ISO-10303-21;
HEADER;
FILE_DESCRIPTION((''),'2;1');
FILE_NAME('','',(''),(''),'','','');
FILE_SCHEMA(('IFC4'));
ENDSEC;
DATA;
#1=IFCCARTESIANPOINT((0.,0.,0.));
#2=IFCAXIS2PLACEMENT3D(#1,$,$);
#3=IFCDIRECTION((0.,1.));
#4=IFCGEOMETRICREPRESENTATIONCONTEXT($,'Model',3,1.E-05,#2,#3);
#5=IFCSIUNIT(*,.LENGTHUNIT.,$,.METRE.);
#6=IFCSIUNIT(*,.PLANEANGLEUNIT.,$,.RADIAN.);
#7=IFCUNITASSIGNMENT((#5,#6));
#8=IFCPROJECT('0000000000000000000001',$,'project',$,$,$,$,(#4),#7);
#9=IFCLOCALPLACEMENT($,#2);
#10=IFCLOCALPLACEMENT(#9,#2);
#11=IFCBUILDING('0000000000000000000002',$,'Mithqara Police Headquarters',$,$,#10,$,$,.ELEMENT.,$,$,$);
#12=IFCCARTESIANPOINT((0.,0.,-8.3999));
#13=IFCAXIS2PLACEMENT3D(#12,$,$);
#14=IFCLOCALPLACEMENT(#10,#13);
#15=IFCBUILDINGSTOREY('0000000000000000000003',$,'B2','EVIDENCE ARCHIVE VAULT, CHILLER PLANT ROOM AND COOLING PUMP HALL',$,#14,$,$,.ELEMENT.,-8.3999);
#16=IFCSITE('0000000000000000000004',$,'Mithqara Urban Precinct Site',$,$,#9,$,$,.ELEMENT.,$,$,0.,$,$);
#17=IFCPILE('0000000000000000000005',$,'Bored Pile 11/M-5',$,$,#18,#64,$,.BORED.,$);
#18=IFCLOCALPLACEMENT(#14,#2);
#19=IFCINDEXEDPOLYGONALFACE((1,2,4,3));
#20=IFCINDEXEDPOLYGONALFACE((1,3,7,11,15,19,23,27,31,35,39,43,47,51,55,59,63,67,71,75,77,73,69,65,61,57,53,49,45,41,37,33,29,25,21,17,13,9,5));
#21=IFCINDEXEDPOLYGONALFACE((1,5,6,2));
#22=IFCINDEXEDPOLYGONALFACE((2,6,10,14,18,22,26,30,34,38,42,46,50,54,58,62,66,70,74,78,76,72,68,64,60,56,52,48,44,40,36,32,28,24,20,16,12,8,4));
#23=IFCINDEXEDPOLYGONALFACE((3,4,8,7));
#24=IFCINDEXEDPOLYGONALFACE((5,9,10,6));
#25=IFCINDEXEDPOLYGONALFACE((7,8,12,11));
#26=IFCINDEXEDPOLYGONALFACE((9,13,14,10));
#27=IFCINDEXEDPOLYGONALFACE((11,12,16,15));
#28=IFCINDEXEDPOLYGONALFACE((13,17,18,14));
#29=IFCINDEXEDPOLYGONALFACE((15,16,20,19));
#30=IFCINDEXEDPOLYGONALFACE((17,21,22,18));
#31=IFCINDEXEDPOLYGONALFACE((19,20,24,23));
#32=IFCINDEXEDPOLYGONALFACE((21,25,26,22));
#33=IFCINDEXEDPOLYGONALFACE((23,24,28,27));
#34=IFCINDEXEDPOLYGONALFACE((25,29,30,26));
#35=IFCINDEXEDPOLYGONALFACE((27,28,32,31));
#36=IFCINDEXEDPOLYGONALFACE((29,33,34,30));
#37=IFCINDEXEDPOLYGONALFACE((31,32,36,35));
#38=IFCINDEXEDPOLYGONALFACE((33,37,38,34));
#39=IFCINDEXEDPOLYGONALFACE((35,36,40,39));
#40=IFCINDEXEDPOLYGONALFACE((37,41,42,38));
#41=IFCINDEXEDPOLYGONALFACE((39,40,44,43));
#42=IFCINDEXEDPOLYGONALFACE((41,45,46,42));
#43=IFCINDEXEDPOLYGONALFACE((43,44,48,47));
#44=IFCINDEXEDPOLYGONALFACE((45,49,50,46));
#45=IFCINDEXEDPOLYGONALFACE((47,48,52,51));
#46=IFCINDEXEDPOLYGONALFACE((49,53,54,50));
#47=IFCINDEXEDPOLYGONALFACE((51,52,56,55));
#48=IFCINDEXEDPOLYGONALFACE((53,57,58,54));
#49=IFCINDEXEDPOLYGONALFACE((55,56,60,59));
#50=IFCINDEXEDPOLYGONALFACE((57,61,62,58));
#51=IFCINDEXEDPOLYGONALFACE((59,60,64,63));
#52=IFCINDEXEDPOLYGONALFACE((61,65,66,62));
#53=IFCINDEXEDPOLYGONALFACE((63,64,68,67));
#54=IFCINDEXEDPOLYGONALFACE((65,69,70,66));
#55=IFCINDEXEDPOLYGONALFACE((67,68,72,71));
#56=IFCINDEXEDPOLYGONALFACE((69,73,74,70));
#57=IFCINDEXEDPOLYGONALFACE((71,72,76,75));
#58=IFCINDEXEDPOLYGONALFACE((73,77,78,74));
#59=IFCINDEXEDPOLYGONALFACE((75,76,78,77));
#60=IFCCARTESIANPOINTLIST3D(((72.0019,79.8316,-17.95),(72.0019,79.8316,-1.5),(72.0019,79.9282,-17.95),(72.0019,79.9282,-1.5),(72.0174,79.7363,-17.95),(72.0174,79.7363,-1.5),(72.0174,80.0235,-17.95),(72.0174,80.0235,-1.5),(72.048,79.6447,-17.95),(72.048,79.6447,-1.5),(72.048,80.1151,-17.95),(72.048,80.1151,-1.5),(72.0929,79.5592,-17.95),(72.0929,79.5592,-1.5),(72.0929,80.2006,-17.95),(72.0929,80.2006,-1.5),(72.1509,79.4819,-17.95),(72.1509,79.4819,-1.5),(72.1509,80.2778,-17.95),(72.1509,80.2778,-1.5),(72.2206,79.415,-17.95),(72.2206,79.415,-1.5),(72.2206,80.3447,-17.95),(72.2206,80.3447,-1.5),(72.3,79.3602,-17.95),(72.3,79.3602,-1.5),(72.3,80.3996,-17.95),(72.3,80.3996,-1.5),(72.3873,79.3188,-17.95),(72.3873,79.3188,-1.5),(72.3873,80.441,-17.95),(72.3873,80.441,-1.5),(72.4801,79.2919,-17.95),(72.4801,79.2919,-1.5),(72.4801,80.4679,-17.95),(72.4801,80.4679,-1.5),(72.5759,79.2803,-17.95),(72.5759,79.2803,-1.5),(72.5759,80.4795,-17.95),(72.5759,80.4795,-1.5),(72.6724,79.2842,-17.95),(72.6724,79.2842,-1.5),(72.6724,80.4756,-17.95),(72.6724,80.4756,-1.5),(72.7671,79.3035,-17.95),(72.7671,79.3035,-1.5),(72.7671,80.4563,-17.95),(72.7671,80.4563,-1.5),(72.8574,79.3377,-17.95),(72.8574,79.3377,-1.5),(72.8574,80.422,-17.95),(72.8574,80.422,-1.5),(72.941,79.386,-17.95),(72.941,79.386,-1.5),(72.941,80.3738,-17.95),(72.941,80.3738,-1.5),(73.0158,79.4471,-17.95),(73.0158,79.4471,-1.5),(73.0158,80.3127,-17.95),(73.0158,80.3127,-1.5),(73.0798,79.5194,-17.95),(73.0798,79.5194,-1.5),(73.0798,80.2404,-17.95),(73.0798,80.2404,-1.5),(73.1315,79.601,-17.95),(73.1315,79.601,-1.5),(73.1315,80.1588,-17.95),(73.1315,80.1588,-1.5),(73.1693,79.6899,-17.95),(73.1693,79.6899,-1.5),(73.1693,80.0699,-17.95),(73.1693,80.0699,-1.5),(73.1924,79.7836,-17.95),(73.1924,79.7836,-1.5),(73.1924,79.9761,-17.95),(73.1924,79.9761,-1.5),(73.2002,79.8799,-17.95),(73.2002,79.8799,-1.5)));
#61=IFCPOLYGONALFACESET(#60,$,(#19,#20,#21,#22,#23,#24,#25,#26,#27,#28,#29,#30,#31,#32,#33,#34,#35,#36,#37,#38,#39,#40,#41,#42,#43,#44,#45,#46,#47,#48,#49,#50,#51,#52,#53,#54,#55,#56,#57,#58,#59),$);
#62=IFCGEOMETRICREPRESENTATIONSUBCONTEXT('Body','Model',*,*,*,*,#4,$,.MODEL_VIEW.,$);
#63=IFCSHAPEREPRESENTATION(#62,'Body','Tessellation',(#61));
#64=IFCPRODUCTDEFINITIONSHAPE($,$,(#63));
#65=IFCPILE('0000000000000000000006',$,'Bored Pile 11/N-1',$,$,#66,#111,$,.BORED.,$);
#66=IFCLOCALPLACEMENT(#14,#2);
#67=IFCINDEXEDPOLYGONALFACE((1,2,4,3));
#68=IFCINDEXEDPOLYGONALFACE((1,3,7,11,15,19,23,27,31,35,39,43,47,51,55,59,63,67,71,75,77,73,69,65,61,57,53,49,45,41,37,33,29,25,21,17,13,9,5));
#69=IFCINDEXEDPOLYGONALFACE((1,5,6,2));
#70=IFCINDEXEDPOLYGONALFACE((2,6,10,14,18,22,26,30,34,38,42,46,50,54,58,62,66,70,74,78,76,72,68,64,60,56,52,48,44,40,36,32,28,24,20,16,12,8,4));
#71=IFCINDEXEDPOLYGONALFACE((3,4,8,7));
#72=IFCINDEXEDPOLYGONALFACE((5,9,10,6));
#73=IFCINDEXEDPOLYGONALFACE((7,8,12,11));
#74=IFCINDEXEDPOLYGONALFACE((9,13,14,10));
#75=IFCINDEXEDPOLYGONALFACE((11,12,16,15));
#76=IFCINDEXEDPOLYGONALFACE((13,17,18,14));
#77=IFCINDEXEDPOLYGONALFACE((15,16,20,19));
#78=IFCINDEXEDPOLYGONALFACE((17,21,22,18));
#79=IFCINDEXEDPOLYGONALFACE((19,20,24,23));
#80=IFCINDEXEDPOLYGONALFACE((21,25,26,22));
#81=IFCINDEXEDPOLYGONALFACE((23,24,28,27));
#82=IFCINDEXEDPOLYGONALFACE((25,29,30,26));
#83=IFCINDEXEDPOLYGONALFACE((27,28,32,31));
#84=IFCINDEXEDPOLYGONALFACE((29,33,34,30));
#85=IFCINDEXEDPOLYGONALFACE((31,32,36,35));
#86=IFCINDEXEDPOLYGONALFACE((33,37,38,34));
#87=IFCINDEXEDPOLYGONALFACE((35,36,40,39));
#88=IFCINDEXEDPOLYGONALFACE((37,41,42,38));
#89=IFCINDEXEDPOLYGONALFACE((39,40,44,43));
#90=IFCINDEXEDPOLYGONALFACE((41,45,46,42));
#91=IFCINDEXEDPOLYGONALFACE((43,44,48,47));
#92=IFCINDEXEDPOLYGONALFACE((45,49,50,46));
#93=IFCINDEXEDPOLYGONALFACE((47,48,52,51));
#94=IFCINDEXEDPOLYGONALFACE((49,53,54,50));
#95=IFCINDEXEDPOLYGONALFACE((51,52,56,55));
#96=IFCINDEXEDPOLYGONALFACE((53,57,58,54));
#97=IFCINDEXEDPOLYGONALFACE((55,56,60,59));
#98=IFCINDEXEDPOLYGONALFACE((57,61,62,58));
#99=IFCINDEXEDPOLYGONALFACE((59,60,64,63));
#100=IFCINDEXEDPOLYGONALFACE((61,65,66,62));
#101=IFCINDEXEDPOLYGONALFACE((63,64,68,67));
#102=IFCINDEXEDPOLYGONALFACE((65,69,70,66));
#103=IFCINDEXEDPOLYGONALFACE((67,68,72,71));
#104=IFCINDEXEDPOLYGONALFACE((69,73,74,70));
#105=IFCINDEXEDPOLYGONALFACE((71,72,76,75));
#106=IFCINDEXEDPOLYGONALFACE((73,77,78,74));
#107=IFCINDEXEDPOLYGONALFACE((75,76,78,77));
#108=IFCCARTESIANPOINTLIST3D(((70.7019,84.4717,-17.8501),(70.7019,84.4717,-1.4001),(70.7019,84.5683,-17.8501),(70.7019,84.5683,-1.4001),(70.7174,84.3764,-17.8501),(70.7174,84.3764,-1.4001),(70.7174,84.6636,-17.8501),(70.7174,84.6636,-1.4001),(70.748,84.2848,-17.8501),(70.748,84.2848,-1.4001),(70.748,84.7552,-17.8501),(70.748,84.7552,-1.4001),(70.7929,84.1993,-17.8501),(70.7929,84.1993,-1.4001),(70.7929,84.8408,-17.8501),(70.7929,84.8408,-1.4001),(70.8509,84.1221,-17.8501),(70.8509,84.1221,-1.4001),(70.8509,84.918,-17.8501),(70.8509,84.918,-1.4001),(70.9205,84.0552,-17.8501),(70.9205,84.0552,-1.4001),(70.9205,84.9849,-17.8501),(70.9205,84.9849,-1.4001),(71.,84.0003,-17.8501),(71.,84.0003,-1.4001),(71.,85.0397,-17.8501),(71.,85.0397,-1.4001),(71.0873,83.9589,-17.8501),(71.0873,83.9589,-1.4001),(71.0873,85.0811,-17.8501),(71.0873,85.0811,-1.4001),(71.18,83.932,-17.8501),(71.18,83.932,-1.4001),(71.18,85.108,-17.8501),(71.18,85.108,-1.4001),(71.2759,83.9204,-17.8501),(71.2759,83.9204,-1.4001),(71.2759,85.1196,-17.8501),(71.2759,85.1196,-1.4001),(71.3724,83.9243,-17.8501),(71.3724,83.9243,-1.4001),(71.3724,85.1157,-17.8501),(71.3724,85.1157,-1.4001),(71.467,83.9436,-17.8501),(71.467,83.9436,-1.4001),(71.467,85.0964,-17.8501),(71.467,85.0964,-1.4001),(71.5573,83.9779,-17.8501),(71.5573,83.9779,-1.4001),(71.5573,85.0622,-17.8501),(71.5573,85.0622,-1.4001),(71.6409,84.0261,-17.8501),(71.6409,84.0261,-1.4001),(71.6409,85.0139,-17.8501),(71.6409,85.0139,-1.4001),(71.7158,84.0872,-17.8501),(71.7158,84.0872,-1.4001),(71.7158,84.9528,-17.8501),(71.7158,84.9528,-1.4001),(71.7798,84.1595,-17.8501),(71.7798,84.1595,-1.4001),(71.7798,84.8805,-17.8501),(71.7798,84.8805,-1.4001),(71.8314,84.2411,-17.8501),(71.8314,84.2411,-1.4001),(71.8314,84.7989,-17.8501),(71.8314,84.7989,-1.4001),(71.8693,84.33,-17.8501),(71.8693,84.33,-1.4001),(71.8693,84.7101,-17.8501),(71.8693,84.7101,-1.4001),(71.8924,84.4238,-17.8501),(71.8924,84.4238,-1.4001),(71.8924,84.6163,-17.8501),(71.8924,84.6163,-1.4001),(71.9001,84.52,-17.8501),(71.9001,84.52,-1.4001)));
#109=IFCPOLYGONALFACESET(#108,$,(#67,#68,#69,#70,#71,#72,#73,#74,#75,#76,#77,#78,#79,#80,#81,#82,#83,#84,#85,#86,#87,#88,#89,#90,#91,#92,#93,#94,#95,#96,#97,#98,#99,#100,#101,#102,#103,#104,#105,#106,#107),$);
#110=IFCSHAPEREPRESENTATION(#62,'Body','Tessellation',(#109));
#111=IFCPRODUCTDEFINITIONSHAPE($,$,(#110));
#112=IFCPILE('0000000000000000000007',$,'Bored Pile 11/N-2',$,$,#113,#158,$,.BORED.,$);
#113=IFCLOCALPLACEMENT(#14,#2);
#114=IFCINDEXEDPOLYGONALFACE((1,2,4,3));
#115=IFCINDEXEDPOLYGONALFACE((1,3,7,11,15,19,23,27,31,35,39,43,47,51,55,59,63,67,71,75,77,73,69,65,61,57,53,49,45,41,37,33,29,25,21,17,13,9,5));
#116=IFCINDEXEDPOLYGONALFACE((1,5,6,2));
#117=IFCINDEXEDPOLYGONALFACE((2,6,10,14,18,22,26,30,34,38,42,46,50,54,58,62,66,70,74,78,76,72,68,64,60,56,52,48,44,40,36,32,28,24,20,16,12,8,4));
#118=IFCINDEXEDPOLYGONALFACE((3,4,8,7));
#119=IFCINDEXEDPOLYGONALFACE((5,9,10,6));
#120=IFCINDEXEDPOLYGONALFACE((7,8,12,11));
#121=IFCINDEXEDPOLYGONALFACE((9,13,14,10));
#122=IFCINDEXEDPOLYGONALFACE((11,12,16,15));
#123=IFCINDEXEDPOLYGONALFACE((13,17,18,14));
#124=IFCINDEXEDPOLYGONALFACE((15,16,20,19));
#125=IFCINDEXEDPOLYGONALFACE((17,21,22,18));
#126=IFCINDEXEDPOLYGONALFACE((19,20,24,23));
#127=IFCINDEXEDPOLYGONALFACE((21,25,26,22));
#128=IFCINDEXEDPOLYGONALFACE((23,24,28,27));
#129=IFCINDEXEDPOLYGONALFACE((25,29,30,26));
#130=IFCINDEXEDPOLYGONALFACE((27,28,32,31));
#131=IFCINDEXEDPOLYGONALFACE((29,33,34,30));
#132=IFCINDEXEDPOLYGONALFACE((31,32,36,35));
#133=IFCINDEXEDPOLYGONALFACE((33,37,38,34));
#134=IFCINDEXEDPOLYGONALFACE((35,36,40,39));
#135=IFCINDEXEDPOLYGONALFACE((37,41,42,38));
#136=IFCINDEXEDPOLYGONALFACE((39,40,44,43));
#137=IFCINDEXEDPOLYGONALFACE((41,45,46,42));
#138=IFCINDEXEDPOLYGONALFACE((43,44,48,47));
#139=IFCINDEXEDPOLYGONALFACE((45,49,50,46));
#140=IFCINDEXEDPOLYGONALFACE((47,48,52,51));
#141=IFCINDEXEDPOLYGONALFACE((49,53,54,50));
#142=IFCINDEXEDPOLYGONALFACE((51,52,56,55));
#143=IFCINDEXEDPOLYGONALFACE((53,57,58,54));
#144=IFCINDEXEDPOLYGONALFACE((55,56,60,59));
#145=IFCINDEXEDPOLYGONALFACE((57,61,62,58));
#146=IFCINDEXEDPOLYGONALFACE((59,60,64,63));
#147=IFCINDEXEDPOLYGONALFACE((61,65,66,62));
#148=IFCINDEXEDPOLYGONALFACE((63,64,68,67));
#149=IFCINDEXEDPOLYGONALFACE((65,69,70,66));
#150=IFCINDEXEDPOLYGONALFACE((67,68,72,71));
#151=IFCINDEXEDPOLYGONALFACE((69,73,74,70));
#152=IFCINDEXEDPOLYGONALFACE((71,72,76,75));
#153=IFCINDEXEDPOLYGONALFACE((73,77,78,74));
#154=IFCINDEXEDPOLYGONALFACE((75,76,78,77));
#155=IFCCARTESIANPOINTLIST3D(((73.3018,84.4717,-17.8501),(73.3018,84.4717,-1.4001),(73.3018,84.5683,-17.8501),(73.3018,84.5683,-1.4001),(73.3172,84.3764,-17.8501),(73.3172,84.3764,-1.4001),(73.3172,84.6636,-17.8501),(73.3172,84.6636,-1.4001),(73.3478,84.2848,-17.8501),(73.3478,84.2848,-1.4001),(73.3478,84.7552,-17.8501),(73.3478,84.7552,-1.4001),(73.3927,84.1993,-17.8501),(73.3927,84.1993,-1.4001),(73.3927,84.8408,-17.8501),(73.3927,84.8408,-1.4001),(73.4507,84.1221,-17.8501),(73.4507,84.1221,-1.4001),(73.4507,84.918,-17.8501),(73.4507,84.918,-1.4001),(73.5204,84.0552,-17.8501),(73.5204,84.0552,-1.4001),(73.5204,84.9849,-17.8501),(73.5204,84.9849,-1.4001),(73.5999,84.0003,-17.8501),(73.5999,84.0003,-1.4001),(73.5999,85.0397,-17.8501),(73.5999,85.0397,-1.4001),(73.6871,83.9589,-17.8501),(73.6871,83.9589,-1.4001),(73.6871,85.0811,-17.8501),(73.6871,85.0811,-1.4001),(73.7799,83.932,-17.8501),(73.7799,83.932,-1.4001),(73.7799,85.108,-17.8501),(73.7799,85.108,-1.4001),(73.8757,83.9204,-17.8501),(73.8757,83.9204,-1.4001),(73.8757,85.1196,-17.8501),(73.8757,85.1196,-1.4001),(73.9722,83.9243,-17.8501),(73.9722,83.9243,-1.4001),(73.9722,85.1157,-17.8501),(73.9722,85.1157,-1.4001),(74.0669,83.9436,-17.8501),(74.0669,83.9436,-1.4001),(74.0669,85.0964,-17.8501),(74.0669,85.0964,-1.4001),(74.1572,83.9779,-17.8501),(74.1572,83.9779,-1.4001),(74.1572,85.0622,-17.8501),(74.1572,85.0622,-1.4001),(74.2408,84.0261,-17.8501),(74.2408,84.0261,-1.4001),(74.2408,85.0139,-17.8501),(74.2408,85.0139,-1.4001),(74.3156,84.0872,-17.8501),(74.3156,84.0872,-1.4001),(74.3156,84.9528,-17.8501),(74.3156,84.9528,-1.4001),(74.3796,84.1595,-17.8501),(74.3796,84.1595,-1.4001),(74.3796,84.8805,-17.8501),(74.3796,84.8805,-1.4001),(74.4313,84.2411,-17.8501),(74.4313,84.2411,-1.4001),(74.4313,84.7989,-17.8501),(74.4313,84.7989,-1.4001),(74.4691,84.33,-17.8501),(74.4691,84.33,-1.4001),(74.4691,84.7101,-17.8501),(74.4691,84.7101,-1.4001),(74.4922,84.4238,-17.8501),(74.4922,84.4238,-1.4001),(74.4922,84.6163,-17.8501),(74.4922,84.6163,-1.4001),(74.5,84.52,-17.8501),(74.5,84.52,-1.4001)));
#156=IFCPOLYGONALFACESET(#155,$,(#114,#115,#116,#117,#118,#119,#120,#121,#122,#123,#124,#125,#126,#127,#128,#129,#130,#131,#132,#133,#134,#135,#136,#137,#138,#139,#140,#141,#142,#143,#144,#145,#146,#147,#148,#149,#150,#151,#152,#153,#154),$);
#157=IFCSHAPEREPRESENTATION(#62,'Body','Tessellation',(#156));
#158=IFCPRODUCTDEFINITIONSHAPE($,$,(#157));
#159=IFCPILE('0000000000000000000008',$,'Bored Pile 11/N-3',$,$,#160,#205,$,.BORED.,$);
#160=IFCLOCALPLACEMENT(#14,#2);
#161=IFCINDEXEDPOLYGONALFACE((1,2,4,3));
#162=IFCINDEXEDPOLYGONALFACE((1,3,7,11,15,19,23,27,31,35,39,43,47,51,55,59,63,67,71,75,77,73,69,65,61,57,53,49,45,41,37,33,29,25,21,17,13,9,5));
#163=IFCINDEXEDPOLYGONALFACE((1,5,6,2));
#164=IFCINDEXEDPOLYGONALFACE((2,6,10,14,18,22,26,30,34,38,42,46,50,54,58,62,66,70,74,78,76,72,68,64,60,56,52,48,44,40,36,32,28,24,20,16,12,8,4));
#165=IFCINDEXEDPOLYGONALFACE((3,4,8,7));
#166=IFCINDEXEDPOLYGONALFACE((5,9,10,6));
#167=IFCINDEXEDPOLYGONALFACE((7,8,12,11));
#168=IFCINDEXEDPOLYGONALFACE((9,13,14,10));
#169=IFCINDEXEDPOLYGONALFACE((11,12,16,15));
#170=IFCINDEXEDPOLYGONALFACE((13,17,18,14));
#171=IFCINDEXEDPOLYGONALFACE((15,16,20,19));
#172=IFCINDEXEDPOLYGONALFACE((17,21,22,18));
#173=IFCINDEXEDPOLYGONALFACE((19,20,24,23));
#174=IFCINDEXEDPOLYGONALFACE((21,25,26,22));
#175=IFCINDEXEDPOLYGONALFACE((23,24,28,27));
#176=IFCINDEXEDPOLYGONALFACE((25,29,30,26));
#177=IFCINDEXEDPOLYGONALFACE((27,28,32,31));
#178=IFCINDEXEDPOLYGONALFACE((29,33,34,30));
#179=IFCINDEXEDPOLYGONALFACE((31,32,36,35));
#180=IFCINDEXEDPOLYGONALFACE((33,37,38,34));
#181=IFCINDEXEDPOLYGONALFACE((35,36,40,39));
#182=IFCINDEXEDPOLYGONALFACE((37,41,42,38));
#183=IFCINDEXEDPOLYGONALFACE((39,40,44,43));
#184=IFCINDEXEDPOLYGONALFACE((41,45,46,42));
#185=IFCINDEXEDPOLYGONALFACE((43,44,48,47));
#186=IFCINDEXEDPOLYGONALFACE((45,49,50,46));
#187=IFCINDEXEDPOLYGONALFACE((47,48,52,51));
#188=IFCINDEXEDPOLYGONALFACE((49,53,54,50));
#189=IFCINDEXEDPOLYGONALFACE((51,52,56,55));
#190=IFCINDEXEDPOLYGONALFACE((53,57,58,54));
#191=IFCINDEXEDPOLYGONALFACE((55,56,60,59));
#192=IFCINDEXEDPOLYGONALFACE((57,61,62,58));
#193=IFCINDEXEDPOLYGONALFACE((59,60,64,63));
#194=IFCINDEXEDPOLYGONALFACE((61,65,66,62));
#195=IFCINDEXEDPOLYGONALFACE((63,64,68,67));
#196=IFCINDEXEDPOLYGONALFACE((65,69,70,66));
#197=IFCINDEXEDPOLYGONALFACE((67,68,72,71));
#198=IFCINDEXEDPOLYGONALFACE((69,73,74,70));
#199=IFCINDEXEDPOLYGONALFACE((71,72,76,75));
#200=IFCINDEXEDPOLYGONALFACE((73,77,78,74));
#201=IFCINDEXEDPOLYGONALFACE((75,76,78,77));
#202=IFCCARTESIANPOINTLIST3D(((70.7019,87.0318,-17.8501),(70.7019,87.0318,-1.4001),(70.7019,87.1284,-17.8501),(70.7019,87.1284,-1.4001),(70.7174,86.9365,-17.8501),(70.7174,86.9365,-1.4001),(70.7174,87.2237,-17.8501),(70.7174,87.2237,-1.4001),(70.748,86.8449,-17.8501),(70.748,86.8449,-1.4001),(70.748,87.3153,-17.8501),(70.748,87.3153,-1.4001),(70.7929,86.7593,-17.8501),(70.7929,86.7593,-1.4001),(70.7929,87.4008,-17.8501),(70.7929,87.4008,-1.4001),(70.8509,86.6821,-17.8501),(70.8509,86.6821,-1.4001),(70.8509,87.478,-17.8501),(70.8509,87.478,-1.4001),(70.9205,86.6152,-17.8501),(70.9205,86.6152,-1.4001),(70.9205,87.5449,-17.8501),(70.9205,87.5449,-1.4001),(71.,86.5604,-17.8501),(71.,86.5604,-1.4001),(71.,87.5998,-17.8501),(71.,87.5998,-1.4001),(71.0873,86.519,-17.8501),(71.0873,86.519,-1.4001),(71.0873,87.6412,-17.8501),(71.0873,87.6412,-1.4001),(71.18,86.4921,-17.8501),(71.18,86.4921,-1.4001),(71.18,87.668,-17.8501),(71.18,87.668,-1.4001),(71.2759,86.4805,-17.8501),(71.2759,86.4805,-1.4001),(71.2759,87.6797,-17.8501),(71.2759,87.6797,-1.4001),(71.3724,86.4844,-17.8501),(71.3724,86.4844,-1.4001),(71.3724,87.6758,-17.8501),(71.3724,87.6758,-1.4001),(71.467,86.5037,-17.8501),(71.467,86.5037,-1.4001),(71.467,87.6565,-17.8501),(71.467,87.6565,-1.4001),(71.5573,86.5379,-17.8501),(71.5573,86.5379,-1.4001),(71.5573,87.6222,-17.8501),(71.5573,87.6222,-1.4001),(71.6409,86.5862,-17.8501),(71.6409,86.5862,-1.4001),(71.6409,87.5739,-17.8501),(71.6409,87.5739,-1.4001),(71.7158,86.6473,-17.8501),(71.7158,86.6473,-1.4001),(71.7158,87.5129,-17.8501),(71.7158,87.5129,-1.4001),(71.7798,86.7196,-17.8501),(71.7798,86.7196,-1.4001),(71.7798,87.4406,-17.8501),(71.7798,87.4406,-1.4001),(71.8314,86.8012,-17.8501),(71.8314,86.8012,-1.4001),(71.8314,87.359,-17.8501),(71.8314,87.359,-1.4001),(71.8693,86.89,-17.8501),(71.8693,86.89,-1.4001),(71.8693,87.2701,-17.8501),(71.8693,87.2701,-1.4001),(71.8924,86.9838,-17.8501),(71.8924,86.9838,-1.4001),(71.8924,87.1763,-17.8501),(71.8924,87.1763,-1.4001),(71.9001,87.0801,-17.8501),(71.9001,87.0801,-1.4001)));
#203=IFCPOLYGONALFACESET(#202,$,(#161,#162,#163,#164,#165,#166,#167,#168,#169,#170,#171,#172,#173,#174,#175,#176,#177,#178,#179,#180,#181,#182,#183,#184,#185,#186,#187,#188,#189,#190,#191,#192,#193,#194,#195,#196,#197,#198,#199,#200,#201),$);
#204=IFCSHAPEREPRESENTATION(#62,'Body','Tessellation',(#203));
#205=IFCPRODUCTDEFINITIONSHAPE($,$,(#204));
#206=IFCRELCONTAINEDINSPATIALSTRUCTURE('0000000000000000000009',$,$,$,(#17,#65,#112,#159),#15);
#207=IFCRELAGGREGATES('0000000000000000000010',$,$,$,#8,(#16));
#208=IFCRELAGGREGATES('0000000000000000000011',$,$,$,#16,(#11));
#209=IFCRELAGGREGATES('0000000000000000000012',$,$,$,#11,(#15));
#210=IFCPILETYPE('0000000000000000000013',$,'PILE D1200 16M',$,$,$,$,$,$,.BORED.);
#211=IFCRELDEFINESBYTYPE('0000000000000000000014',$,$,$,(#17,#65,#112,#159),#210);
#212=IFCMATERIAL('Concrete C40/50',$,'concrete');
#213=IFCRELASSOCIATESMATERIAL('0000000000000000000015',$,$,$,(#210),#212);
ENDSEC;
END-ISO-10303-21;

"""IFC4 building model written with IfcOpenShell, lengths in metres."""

from ifc_helpers import new_model, si_unit, direction, frame, origin, origin_2d, place, context, subcontext, project, spatial, circle, extrude, material, material_profile, profile_set, type_object, element, save


model = new_model("IFC4")

# Units and contexts
model_context = context("Model", 3, precision=1e-05, world=origin(), true_north=direction((0.0, 1.0)))
body_context = subcontext(model_context, "Body", "Model", "MODEL_VIEW")
ifc_project = project(units=[si_unit("LENGTHUNIT", "METRE"), si_unit("PLANEANGLEUNIT", "RADIAN")], contexts=[model_context])

# Site, building, storey
site_placement = place(None, origin())
site = spatial("IfcSite", under=ifc_project, at=site_placement, Name="Mithqara Urban Precinct Site", CompositionType="ELEMENT", RefElevation=0.0)
building_placement = place(site_placement, origin())
building = spatial("IfcBuilding", under=site, at=building_placement, Name="Mithqara Police Headquarters", CompositionType="ELEMENT")
storey_placement = place(building_placement, frame((0.0, 0.0, -8.3999)))
storey = spatial("IfcBuildingStorey", under=building, at=storey_placement, Name="B2", Description="EVIDENCE ARCHIVE VAULT, CHILLER PLANT ROOM AND COOLING PUMP HALL", CompositionType="ELEMENT", Elevation=-8.3999)

# Shared definitions
ifc_material_1 = material(Name="Concrete C40/50", Category="concrete")

# Piles
ifc_material_profile_1 = material_profile(ifc_material_1, circle(Radius=0.6001, at=origin_2d()), Name="PILE D1200")
ifc_profile_set_1 = profile_set([ifc_material_profile_1], Name="Concrete C40/50")
pile_type = type_object("IfcPileType", Name="PILE D1200 16M", PredefinedType="BORED", material=ifc_profile_set_1)
for number, where, z_axis, x_axis, name in (
    (1, (72.6001, 79.8799, -1.5), (0.0, 0.0, -1.0), (1.0, 0.0, 0.0), "Bored Pile 11/M-5"),
    (2, (71.3, 84.52, -1.4001), (0.0, 0.0, -1.0), (1.0, 0.0, 0.0), "Bored Pile 11/N-1"),
    (3, (73.8999, 84.52, -1.4001), (0.0, 0.0, -1.0), (1.0, 0.0, 0.0), "Bored Pile 11/N-2"),
    (4, (71.3, 87.0801, -1.4001), (0.0, 0.0, -1.0), (1.0, 0.0, 0.0), "Bored Pile 11/N-3"),
):
    element("IfcPile", number, at=place(storey_placement, frame(where, z_axis=z_axis, x_axis=x_axis)), inside=storey, type_object=pile_type, Name=name, PredefinedType="BORED", context=body_context, shape_type="SweptSolid", body=[
        extrude(circle(Radius=0.6001, at=origin_2d()), origin(), (0.0, 0.0, 1.0), 16.45),
    ])

save(model, "model.ifc")
